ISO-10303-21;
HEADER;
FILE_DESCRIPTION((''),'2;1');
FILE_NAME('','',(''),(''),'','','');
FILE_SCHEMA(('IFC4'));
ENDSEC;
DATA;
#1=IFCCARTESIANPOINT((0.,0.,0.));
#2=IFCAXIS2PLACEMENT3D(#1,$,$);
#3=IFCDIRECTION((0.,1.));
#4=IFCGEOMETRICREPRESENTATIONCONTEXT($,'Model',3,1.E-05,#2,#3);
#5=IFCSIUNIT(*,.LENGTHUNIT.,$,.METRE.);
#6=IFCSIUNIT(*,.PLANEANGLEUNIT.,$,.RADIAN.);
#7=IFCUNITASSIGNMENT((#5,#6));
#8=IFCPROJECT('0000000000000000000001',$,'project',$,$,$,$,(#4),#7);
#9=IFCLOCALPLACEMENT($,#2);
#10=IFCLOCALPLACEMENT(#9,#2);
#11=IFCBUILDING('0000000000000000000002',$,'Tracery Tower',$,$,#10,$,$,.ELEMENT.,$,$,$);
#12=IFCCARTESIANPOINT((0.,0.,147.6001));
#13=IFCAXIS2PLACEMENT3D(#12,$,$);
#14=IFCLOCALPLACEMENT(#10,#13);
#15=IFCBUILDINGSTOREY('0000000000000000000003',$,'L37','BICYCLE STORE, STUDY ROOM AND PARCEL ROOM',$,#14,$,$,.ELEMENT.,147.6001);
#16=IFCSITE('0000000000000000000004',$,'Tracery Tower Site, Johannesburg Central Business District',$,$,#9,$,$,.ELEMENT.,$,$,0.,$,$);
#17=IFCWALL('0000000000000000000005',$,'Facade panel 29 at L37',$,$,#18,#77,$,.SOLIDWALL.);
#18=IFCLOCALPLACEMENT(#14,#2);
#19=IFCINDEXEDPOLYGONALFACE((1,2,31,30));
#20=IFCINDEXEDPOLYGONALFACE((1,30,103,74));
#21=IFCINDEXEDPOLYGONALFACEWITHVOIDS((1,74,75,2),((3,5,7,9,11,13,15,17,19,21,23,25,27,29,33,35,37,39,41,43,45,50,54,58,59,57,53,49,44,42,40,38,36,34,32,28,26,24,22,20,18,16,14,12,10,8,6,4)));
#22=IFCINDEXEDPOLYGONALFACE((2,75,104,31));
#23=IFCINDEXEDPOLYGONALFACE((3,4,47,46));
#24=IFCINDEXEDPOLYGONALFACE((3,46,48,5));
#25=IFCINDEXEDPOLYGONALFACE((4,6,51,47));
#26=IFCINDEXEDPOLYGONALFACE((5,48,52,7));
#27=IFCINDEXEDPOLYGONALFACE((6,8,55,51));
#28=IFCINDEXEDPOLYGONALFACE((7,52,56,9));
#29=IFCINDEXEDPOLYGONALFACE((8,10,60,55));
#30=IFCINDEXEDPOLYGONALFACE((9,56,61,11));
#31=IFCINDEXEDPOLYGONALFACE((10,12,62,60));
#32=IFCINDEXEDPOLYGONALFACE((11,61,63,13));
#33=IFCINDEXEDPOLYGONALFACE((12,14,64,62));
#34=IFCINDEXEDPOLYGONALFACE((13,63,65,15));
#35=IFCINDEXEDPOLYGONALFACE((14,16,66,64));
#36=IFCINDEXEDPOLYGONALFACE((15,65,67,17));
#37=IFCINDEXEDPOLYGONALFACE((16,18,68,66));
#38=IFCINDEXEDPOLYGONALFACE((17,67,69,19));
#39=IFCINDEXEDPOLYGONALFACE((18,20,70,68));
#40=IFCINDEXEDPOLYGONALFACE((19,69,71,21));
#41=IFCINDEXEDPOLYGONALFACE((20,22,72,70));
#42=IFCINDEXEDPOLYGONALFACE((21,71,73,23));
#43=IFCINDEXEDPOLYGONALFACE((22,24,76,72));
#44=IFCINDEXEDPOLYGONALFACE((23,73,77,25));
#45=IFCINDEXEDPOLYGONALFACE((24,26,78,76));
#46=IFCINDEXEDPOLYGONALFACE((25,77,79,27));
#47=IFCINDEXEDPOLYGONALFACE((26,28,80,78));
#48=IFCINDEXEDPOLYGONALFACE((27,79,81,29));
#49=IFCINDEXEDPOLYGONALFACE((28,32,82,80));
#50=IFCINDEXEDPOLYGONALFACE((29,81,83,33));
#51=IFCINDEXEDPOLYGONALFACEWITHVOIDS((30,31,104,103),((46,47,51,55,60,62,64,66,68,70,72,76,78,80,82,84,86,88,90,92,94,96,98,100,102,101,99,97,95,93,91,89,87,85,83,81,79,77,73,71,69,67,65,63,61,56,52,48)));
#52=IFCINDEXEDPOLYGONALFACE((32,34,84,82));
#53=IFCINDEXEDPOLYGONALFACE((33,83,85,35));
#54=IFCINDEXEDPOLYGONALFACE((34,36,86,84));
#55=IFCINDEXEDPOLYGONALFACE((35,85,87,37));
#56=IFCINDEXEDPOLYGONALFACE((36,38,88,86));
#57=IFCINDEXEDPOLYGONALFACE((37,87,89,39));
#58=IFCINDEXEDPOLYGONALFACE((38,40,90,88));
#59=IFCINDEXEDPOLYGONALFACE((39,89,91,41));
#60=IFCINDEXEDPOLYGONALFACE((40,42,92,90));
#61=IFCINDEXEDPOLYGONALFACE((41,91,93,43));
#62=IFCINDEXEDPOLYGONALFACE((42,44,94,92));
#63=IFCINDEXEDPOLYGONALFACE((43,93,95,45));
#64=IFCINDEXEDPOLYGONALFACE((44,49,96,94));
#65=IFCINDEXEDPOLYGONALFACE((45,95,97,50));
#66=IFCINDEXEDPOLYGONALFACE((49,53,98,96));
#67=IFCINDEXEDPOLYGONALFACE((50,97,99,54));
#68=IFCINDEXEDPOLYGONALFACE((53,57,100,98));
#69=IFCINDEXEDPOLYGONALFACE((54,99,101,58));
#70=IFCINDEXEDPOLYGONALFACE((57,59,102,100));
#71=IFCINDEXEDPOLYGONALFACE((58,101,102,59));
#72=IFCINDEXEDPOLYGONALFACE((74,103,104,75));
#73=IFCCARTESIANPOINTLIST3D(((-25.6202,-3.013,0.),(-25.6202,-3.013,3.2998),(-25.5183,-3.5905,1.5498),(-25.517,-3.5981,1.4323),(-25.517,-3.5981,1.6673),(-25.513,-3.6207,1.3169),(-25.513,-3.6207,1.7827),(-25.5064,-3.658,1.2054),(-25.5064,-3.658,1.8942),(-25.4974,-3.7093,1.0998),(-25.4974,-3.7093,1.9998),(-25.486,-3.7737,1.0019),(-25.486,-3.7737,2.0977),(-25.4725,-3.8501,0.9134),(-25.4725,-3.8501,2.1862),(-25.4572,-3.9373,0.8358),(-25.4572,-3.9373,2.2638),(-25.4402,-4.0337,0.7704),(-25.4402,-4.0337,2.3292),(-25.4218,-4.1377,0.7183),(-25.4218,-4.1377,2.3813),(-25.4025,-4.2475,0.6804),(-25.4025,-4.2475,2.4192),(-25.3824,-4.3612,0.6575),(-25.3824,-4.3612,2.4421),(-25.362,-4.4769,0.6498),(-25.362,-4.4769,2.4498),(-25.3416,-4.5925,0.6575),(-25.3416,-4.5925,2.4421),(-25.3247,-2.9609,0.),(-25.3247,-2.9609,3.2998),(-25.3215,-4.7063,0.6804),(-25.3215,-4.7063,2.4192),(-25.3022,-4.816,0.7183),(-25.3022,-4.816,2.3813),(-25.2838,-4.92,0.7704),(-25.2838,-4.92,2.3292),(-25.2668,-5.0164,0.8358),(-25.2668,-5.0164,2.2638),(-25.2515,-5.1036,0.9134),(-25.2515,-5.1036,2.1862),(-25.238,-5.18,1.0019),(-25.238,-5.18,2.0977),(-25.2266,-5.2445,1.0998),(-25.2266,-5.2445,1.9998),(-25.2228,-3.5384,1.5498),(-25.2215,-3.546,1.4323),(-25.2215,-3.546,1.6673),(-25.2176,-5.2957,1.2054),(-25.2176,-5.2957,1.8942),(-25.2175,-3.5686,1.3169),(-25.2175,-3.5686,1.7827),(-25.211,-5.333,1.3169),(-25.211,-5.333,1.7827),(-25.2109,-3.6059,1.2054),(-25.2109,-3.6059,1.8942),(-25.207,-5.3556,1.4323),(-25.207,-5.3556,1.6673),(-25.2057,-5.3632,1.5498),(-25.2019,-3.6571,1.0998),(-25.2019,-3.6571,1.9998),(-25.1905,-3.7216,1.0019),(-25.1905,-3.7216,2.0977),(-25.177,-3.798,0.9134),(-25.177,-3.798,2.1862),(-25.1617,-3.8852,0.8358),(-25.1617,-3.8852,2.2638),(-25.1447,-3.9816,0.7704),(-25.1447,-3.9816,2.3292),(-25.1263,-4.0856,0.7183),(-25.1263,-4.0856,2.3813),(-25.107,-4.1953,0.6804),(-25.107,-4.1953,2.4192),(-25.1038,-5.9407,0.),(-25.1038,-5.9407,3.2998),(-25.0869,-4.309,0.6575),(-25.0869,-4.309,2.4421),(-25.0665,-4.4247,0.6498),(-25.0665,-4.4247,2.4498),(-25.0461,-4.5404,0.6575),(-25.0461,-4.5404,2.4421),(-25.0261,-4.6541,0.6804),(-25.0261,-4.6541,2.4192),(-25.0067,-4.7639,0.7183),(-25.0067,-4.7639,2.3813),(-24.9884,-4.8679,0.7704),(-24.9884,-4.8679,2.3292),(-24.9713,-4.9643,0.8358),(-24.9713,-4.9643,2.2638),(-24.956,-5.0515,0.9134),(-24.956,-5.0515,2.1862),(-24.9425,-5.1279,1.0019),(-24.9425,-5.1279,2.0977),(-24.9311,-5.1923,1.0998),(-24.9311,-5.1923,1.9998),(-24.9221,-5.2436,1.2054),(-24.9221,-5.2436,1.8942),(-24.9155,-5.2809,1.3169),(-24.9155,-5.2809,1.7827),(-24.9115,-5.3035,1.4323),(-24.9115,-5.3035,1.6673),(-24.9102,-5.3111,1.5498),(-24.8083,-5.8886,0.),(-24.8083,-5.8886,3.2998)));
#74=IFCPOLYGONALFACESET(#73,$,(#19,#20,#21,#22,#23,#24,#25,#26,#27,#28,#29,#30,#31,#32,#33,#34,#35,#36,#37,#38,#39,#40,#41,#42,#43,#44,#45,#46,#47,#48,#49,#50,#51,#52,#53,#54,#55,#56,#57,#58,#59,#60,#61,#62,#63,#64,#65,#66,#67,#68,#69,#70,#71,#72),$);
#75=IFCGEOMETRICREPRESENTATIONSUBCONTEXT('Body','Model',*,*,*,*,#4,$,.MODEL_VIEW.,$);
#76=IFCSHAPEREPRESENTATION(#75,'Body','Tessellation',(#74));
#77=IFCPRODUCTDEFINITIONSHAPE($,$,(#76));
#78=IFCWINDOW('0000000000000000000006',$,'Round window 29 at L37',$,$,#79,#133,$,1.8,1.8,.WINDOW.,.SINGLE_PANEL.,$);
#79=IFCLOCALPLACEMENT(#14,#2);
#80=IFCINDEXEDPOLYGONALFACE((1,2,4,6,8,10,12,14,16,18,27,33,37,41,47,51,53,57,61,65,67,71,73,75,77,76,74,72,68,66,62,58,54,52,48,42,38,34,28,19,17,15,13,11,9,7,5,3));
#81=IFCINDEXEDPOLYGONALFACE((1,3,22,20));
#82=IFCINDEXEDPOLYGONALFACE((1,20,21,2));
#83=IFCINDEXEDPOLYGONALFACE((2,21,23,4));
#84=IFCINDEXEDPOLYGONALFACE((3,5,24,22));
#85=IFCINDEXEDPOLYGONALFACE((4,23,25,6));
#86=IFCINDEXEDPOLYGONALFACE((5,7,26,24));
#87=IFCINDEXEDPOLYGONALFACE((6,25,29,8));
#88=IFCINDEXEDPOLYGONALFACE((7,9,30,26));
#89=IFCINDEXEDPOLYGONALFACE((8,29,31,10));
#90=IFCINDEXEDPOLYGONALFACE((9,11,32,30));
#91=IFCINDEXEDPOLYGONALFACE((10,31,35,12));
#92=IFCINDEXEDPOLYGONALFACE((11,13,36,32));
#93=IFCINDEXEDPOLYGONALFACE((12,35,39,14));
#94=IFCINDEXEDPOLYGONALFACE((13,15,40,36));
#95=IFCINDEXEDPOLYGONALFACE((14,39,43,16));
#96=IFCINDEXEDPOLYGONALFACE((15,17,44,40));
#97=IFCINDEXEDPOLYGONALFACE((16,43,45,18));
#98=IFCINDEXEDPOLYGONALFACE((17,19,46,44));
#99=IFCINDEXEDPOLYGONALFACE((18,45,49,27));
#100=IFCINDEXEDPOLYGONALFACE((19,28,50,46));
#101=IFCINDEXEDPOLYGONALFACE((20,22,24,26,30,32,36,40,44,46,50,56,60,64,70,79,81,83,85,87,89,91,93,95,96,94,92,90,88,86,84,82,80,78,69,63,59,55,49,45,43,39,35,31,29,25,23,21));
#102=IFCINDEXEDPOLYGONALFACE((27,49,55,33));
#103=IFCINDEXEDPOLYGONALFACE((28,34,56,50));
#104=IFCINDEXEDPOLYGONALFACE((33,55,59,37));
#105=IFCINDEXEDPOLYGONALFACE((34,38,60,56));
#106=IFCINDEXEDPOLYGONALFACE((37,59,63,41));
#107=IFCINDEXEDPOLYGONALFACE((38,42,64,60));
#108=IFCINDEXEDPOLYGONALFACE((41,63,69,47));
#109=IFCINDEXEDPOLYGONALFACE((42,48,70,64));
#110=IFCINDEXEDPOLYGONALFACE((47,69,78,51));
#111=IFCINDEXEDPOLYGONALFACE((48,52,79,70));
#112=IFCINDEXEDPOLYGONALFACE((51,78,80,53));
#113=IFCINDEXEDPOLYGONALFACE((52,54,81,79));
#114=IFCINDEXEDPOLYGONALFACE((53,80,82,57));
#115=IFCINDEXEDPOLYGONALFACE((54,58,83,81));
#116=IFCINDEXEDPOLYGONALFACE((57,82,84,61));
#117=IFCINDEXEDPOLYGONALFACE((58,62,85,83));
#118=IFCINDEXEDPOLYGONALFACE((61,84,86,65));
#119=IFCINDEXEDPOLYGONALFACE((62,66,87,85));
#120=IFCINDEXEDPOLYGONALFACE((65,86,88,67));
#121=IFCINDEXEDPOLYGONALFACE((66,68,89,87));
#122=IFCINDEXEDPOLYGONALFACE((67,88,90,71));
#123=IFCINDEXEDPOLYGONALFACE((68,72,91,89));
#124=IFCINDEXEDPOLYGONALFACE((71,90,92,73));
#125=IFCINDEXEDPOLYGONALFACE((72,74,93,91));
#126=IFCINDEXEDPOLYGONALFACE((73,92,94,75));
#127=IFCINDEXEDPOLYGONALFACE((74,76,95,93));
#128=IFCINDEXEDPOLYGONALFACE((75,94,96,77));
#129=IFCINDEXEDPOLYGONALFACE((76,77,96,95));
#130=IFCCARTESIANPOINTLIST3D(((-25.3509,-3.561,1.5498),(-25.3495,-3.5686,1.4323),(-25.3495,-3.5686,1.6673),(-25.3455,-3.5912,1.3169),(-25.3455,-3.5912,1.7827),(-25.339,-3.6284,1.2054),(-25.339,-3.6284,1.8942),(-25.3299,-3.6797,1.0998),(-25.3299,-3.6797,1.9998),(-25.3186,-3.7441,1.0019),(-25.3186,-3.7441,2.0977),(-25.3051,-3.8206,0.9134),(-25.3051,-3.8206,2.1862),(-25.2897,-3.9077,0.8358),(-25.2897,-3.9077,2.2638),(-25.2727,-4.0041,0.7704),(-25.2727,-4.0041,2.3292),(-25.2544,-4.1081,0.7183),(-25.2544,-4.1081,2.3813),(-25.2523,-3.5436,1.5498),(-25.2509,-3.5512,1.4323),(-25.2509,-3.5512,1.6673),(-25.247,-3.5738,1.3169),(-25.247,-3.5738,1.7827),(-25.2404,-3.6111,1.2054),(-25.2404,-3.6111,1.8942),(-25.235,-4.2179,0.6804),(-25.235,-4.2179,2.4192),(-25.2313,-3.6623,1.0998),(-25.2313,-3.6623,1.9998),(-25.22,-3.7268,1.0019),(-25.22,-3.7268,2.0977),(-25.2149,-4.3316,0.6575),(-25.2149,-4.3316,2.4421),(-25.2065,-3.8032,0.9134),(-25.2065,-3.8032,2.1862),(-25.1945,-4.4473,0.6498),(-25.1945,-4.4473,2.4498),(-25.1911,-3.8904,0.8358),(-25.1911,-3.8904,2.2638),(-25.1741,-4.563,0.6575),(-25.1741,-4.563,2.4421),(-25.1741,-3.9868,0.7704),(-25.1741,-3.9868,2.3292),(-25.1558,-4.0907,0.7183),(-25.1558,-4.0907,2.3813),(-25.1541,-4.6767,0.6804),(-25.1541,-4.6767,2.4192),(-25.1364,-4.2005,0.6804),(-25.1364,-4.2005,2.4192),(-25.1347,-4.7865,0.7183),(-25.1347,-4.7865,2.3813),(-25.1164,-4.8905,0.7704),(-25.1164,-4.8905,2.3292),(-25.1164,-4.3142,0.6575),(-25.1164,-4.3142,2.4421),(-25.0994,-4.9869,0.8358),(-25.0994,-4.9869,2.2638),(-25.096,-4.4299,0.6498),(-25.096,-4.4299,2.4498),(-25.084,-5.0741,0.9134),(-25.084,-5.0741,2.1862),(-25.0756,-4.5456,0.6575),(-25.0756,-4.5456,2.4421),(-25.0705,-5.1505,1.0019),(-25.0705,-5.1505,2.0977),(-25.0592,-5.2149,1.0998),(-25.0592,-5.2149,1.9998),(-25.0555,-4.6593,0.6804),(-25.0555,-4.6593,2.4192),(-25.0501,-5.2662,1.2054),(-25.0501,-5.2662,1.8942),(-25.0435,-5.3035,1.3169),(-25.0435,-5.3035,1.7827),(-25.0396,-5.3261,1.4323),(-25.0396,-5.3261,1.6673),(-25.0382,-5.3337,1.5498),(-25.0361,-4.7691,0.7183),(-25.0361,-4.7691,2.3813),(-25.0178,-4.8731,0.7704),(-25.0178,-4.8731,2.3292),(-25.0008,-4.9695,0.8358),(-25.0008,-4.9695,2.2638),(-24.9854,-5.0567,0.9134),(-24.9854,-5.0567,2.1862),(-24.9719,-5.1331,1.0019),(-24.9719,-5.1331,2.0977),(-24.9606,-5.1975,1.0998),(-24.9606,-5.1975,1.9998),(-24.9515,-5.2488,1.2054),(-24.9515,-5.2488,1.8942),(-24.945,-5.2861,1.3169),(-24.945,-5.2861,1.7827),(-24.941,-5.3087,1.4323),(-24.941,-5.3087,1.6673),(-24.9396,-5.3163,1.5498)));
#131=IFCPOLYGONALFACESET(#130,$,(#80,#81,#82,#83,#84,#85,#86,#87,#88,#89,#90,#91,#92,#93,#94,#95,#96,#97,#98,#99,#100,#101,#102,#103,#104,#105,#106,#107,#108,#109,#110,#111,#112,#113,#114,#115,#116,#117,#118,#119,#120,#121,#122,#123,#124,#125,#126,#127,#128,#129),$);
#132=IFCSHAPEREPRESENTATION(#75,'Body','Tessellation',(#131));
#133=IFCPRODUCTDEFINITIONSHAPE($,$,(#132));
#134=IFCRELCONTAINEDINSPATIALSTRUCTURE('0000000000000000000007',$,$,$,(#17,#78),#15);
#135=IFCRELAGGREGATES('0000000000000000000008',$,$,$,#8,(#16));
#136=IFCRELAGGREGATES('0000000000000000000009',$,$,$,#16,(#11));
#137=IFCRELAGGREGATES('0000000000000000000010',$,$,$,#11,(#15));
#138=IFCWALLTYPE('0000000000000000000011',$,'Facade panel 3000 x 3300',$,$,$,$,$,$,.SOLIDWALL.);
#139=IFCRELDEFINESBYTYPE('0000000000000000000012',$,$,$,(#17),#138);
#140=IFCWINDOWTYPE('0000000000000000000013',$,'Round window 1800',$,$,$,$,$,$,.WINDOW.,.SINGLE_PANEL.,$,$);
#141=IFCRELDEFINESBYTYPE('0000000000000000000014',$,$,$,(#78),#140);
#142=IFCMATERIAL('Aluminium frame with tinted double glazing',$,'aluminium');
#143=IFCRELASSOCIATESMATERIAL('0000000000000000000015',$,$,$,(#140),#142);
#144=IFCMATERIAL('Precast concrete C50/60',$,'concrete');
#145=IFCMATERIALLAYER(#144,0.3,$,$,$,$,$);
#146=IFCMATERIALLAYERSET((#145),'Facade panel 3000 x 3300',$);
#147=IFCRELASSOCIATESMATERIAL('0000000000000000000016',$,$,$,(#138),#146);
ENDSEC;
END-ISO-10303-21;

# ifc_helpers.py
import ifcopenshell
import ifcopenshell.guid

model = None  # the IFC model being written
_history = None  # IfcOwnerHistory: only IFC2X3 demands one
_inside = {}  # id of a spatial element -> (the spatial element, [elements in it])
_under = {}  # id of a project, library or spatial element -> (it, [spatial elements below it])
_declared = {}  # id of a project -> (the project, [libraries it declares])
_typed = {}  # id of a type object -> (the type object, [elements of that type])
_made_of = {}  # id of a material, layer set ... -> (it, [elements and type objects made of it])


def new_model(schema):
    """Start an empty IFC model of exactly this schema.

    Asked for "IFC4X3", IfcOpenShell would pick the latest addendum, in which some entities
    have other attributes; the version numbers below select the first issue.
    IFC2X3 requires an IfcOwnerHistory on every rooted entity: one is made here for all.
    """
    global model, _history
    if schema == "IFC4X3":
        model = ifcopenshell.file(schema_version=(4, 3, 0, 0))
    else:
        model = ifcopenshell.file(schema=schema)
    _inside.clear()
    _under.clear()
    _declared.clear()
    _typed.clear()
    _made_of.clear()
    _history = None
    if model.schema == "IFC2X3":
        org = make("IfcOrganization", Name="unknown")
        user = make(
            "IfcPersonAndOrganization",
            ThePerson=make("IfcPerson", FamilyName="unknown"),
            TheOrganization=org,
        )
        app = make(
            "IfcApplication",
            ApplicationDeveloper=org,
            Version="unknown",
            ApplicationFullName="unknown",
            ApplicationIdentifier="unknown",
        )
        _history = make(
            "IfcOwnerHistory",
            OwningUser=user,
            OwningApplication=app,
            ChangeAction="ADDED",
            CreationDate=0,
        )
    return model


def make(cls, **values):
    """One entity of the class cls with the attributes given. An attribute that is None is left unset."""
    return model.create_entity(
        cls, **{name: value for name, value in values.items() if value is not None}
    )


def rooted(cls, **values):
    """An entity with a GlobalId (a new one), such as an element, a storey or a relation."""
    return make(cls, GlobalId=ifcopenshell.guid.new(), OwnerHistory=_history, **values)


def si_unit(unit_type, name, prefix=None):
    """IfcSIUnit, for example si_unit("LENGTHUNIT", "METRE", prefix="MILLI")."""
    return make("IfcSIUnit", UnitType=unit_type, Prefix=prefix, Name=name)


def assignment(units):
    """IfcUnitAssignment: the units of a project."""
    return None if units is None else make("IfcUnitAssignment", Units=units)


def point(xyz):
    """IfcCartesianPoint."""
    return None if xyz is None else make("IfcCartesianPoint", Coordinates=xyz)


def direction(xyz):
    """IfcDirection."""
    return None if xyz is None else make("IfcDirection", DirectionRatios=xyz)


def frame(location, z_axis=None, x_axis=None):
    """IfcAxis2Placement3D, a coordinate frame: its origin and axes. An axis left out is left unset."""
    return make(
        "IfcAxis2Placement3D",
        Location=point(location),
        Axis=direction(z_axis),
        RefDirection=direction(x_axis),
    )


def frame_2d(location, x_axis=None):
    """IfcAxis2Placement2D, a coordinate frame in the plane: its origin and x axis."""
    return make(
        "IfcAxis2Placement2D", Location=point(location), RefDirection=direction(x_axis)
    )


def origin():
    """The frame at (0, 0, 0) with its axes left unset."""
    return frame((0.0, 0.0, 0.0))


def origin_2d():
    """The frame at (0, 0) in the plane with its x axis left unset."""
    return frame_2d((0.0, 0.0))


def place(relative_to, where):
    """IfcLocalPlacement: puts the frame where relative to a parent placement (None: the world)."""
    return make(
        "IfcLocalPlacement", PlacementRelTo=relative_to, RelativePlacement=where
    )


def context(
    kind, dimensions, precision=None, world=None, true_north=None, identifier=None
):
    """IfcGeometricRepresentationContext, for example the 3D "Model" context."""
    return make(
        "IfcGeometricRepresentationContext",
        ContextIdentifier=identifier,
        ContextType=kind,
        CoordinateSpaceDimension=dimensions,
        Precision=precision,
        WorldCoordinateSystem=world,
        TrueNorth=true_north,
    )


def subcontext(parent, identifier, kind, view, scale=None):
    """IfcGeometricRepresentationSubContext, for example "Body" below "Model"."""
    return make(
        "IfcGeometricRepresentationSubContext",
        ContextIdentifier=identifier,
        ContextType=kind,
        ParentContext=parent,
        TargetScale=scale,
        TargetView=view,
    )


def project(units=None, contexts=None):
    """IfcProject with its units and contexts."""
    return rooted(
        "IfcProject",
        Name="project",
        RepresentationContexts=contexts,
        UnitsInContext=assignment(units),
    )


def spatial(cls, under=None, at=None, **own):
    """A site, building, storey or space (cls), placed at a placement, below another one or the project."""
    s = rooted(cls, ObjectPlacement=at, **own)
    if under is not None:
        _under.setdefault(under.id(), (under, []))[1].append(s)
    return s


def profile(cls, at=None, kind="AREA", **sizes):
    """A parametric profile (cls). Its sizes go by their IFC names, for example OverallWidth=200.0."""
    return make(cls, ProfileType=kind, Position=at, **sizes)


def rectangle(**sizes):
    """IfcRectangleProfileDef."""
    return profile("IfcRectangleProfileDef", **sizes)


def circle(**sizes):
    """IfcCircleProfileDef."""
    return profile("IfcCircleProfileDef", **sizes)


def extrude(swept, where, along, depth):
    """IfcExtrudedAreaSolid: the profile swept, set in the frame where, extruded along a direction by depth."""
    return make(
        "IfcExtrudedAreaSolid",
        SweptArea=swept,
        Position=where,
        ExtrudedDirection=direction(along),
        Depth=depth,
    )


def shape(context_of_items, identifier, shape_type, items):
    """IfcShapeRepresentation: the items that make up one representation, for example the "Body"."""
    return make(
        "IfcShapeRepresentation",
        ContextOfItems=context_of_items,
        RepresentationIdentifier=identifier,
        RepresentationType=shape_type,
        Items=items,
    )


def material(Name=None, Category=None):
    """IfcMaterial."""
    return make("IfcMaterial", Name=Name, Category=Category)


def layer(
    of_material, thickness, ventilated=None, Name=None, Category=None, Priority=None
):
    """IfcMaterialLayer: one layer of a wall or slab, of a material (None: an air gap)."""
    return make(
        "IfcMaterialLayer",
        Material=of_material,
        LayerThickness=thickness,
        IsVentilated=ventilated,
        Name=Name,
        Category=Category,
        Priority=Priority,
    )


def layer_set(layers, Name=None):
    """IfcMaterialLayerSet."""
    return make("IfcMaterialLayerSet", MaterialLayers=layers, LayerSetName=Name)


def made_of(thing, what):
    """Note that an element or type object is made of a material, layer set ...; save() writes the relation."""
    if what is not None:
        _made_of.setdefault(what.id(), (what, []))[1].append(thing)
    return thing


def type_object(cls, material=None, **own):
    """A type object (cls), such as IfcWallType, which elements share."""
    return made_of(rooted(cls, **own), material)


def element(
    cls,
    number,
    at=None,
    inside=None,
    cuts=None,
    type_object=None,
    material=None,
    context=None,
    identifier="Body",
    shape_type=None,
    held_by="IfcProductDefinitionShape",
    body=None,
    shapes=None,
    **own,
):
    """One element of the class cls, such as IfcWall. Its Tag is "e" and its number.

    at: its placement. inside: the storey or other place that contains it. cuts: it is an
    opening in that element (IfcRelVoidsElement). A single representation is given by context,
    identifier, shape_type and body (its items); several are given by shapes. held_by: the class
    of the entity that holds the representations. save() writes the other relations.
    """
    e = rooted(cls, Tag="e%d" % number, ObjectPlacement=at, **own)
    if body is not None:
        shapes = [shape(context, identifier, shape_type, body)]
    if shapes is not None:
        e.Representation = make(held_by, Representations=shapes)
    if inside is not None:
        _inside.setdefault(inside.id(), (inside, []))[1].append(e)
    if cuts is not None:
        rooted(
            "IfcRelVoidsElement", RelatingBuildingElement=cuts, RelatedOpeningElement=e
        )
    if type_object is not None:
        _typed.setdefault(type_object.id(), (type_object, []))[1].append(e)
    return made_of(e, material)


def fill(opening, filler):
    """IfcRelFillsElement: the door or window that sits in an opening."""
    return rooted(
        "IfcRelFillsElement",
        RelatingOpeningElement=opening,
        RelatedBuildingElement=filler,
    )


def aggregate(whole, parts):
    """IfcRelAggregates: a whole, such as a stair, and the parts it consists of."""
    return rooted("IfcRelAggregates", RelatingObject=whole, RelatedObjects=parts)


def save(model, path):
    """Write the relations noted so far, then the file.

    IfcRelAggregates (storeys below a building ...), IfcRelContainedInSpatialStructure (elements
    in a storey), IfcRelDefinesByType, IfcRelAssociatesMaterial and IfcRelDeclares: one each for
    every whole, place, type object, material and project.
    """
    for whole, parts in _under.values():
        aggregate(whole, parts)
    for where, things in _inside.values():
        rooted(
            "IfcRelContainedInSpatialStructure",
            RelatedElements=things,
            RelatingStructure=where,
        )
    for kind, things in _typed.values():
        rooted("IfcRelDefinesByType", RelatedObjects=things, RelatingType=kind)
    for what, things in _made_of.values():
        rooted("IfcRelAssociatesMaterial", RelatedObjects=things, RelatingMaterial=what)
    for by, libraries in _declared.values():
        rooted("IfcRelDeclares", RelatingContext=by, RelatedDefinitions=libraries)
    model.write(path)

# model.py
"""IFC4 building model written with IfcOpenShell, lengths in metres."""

from ifc_helpers import new_model, si_unit, direction, frame, frame_2d, origin, origin_2d, place, context, subcontext, project, spatial, rectangle, circle, extrude, material, layer, layer_set, type_object, element, fill, save


model = new_model("IFC4")

# Units and contexts
model_context = context("Model", 3, precision=1e-05, world=origin(), true_north=direction((0.0, 1.0)))
body_context = subcontext(model_context, "Body", "Model", "MODEL_VIEW")
ifc_project = project(units=[si_unit("LENGTHUNIT", "METRE"), si_unit("PLANEANGLEUNIT", "RADIAN")], contexts=[model_context])

# Site, building, storey
site_placement = place(None, origin())
site = spatial("IfcSite", under=ifc_project, at=site_placement, Name="Tracery Tower Site, Johannesburg Central Business District", CompositionType="ELEMENT", RefElevation=0.0)
building_placement = place(site_placement, origin())
building = spatial("IfcBuilding", under=site, at=building_placement, Name="Tracery Tower", CompositionType="ELEMENT")
storey_placement = place(building_placement, frame((0.0, 0.0, 147.6001)))
storey = spatial("IfcBuildingStorey", under=building, at=storey_placement, Name="L37", Description="BICYCLE STORE, STUDY ROOM AND PARCEL ROOM", CompositionType="ELEMENT", Elevation=147.6001)

# Wall, opening, window
ifc_material_1 = material(Name="Aluminium frame with tinted double glazing", Category="aluminium")
window_type = type_object("IfcWindowType", Name="Round window 1800", PartitioningType="SINGLE_PANEL", PredefinedType="WINDOW", material=ifc_material_1)
ifc_material_2 = material(Name="Precast concrete C50/60", Category="concrete")
ifc_layer_1 = layer(ifc_material_2, 0.3)
ifc_layer_set_1 = layer_set([ifc_layer_1], Name="Facade panel 3000 x 3300")
wall_type_1 = type_object("IfcWallType", Name="Facade panel 3000 x 3300", PredefinedType="SOLIDWALL", material=ifc_layer_set_1)
wall_1_placement = place(storey_placement, frame((-25.4724, -2.9871, 0.0), z_axis=(0.0, 0.0, 1.0), x_axis=(0.173687, -0.984801, 0.0)))
wall_1 = element("IfcWall", 1, at=wall_1_placement, inside=storey, type_object=wall_type_1, Name="Facade panel 29 at L37", PredefinedType="SOLIDWALL", context=body_context, shape_type="SweptSolid", body=[
    extrude(rectangle(XDim=2.9729, YDim=0.3, at=frame_2d((1.4863, 0.0))), origin(), (0.0, 0.0, 1.0), 3.2998),
])
opening_1_placement = place(wall_1_placement, frame((1.4863, 0.0, 1.5498)))
opening_1 = element("IfcOpeningElement", 2, at=opening_1_placement, cuts=wall_1, PredefinedType="OPENING", context=body_context, shape_type="SweptSolid", body=[
    extrude(circle(Radius=0.9, at=origin_2d()), frame((0.0, 0.1599, 0.0), z_axis=(0.0, -1.0, 0.0), x_axis=(1.0, 0.0, 0.0)), (0.0, 0.0, 1.0), 0.3201),
])
window_1_placement = place(opening_1_placement, origin())
window_1 = element("IfcWindow", 3, at=window_1_placement, inside=storey, type_object=window_type, Name="Round window 29 at L37", OverallHeight=1.8, OverallWidth=1.8, PartitioningType="SINGLE_PANEL", PredefinedType="WINDOW", context=body_context, shape_type="SweptSolid", body=[
    extrude(circle(Radius=0.9, at=origin_2d()), frame((0.0, 0.1201, 0.0), z_axis=(0.0, -1.0, 0.0), x_axis=(1.0, 0.0, 0.0)), (0.0, 0.0, 1.0), 0.1001),
])
fill(opening_1, window_1)

save(model, "model.ifc")
